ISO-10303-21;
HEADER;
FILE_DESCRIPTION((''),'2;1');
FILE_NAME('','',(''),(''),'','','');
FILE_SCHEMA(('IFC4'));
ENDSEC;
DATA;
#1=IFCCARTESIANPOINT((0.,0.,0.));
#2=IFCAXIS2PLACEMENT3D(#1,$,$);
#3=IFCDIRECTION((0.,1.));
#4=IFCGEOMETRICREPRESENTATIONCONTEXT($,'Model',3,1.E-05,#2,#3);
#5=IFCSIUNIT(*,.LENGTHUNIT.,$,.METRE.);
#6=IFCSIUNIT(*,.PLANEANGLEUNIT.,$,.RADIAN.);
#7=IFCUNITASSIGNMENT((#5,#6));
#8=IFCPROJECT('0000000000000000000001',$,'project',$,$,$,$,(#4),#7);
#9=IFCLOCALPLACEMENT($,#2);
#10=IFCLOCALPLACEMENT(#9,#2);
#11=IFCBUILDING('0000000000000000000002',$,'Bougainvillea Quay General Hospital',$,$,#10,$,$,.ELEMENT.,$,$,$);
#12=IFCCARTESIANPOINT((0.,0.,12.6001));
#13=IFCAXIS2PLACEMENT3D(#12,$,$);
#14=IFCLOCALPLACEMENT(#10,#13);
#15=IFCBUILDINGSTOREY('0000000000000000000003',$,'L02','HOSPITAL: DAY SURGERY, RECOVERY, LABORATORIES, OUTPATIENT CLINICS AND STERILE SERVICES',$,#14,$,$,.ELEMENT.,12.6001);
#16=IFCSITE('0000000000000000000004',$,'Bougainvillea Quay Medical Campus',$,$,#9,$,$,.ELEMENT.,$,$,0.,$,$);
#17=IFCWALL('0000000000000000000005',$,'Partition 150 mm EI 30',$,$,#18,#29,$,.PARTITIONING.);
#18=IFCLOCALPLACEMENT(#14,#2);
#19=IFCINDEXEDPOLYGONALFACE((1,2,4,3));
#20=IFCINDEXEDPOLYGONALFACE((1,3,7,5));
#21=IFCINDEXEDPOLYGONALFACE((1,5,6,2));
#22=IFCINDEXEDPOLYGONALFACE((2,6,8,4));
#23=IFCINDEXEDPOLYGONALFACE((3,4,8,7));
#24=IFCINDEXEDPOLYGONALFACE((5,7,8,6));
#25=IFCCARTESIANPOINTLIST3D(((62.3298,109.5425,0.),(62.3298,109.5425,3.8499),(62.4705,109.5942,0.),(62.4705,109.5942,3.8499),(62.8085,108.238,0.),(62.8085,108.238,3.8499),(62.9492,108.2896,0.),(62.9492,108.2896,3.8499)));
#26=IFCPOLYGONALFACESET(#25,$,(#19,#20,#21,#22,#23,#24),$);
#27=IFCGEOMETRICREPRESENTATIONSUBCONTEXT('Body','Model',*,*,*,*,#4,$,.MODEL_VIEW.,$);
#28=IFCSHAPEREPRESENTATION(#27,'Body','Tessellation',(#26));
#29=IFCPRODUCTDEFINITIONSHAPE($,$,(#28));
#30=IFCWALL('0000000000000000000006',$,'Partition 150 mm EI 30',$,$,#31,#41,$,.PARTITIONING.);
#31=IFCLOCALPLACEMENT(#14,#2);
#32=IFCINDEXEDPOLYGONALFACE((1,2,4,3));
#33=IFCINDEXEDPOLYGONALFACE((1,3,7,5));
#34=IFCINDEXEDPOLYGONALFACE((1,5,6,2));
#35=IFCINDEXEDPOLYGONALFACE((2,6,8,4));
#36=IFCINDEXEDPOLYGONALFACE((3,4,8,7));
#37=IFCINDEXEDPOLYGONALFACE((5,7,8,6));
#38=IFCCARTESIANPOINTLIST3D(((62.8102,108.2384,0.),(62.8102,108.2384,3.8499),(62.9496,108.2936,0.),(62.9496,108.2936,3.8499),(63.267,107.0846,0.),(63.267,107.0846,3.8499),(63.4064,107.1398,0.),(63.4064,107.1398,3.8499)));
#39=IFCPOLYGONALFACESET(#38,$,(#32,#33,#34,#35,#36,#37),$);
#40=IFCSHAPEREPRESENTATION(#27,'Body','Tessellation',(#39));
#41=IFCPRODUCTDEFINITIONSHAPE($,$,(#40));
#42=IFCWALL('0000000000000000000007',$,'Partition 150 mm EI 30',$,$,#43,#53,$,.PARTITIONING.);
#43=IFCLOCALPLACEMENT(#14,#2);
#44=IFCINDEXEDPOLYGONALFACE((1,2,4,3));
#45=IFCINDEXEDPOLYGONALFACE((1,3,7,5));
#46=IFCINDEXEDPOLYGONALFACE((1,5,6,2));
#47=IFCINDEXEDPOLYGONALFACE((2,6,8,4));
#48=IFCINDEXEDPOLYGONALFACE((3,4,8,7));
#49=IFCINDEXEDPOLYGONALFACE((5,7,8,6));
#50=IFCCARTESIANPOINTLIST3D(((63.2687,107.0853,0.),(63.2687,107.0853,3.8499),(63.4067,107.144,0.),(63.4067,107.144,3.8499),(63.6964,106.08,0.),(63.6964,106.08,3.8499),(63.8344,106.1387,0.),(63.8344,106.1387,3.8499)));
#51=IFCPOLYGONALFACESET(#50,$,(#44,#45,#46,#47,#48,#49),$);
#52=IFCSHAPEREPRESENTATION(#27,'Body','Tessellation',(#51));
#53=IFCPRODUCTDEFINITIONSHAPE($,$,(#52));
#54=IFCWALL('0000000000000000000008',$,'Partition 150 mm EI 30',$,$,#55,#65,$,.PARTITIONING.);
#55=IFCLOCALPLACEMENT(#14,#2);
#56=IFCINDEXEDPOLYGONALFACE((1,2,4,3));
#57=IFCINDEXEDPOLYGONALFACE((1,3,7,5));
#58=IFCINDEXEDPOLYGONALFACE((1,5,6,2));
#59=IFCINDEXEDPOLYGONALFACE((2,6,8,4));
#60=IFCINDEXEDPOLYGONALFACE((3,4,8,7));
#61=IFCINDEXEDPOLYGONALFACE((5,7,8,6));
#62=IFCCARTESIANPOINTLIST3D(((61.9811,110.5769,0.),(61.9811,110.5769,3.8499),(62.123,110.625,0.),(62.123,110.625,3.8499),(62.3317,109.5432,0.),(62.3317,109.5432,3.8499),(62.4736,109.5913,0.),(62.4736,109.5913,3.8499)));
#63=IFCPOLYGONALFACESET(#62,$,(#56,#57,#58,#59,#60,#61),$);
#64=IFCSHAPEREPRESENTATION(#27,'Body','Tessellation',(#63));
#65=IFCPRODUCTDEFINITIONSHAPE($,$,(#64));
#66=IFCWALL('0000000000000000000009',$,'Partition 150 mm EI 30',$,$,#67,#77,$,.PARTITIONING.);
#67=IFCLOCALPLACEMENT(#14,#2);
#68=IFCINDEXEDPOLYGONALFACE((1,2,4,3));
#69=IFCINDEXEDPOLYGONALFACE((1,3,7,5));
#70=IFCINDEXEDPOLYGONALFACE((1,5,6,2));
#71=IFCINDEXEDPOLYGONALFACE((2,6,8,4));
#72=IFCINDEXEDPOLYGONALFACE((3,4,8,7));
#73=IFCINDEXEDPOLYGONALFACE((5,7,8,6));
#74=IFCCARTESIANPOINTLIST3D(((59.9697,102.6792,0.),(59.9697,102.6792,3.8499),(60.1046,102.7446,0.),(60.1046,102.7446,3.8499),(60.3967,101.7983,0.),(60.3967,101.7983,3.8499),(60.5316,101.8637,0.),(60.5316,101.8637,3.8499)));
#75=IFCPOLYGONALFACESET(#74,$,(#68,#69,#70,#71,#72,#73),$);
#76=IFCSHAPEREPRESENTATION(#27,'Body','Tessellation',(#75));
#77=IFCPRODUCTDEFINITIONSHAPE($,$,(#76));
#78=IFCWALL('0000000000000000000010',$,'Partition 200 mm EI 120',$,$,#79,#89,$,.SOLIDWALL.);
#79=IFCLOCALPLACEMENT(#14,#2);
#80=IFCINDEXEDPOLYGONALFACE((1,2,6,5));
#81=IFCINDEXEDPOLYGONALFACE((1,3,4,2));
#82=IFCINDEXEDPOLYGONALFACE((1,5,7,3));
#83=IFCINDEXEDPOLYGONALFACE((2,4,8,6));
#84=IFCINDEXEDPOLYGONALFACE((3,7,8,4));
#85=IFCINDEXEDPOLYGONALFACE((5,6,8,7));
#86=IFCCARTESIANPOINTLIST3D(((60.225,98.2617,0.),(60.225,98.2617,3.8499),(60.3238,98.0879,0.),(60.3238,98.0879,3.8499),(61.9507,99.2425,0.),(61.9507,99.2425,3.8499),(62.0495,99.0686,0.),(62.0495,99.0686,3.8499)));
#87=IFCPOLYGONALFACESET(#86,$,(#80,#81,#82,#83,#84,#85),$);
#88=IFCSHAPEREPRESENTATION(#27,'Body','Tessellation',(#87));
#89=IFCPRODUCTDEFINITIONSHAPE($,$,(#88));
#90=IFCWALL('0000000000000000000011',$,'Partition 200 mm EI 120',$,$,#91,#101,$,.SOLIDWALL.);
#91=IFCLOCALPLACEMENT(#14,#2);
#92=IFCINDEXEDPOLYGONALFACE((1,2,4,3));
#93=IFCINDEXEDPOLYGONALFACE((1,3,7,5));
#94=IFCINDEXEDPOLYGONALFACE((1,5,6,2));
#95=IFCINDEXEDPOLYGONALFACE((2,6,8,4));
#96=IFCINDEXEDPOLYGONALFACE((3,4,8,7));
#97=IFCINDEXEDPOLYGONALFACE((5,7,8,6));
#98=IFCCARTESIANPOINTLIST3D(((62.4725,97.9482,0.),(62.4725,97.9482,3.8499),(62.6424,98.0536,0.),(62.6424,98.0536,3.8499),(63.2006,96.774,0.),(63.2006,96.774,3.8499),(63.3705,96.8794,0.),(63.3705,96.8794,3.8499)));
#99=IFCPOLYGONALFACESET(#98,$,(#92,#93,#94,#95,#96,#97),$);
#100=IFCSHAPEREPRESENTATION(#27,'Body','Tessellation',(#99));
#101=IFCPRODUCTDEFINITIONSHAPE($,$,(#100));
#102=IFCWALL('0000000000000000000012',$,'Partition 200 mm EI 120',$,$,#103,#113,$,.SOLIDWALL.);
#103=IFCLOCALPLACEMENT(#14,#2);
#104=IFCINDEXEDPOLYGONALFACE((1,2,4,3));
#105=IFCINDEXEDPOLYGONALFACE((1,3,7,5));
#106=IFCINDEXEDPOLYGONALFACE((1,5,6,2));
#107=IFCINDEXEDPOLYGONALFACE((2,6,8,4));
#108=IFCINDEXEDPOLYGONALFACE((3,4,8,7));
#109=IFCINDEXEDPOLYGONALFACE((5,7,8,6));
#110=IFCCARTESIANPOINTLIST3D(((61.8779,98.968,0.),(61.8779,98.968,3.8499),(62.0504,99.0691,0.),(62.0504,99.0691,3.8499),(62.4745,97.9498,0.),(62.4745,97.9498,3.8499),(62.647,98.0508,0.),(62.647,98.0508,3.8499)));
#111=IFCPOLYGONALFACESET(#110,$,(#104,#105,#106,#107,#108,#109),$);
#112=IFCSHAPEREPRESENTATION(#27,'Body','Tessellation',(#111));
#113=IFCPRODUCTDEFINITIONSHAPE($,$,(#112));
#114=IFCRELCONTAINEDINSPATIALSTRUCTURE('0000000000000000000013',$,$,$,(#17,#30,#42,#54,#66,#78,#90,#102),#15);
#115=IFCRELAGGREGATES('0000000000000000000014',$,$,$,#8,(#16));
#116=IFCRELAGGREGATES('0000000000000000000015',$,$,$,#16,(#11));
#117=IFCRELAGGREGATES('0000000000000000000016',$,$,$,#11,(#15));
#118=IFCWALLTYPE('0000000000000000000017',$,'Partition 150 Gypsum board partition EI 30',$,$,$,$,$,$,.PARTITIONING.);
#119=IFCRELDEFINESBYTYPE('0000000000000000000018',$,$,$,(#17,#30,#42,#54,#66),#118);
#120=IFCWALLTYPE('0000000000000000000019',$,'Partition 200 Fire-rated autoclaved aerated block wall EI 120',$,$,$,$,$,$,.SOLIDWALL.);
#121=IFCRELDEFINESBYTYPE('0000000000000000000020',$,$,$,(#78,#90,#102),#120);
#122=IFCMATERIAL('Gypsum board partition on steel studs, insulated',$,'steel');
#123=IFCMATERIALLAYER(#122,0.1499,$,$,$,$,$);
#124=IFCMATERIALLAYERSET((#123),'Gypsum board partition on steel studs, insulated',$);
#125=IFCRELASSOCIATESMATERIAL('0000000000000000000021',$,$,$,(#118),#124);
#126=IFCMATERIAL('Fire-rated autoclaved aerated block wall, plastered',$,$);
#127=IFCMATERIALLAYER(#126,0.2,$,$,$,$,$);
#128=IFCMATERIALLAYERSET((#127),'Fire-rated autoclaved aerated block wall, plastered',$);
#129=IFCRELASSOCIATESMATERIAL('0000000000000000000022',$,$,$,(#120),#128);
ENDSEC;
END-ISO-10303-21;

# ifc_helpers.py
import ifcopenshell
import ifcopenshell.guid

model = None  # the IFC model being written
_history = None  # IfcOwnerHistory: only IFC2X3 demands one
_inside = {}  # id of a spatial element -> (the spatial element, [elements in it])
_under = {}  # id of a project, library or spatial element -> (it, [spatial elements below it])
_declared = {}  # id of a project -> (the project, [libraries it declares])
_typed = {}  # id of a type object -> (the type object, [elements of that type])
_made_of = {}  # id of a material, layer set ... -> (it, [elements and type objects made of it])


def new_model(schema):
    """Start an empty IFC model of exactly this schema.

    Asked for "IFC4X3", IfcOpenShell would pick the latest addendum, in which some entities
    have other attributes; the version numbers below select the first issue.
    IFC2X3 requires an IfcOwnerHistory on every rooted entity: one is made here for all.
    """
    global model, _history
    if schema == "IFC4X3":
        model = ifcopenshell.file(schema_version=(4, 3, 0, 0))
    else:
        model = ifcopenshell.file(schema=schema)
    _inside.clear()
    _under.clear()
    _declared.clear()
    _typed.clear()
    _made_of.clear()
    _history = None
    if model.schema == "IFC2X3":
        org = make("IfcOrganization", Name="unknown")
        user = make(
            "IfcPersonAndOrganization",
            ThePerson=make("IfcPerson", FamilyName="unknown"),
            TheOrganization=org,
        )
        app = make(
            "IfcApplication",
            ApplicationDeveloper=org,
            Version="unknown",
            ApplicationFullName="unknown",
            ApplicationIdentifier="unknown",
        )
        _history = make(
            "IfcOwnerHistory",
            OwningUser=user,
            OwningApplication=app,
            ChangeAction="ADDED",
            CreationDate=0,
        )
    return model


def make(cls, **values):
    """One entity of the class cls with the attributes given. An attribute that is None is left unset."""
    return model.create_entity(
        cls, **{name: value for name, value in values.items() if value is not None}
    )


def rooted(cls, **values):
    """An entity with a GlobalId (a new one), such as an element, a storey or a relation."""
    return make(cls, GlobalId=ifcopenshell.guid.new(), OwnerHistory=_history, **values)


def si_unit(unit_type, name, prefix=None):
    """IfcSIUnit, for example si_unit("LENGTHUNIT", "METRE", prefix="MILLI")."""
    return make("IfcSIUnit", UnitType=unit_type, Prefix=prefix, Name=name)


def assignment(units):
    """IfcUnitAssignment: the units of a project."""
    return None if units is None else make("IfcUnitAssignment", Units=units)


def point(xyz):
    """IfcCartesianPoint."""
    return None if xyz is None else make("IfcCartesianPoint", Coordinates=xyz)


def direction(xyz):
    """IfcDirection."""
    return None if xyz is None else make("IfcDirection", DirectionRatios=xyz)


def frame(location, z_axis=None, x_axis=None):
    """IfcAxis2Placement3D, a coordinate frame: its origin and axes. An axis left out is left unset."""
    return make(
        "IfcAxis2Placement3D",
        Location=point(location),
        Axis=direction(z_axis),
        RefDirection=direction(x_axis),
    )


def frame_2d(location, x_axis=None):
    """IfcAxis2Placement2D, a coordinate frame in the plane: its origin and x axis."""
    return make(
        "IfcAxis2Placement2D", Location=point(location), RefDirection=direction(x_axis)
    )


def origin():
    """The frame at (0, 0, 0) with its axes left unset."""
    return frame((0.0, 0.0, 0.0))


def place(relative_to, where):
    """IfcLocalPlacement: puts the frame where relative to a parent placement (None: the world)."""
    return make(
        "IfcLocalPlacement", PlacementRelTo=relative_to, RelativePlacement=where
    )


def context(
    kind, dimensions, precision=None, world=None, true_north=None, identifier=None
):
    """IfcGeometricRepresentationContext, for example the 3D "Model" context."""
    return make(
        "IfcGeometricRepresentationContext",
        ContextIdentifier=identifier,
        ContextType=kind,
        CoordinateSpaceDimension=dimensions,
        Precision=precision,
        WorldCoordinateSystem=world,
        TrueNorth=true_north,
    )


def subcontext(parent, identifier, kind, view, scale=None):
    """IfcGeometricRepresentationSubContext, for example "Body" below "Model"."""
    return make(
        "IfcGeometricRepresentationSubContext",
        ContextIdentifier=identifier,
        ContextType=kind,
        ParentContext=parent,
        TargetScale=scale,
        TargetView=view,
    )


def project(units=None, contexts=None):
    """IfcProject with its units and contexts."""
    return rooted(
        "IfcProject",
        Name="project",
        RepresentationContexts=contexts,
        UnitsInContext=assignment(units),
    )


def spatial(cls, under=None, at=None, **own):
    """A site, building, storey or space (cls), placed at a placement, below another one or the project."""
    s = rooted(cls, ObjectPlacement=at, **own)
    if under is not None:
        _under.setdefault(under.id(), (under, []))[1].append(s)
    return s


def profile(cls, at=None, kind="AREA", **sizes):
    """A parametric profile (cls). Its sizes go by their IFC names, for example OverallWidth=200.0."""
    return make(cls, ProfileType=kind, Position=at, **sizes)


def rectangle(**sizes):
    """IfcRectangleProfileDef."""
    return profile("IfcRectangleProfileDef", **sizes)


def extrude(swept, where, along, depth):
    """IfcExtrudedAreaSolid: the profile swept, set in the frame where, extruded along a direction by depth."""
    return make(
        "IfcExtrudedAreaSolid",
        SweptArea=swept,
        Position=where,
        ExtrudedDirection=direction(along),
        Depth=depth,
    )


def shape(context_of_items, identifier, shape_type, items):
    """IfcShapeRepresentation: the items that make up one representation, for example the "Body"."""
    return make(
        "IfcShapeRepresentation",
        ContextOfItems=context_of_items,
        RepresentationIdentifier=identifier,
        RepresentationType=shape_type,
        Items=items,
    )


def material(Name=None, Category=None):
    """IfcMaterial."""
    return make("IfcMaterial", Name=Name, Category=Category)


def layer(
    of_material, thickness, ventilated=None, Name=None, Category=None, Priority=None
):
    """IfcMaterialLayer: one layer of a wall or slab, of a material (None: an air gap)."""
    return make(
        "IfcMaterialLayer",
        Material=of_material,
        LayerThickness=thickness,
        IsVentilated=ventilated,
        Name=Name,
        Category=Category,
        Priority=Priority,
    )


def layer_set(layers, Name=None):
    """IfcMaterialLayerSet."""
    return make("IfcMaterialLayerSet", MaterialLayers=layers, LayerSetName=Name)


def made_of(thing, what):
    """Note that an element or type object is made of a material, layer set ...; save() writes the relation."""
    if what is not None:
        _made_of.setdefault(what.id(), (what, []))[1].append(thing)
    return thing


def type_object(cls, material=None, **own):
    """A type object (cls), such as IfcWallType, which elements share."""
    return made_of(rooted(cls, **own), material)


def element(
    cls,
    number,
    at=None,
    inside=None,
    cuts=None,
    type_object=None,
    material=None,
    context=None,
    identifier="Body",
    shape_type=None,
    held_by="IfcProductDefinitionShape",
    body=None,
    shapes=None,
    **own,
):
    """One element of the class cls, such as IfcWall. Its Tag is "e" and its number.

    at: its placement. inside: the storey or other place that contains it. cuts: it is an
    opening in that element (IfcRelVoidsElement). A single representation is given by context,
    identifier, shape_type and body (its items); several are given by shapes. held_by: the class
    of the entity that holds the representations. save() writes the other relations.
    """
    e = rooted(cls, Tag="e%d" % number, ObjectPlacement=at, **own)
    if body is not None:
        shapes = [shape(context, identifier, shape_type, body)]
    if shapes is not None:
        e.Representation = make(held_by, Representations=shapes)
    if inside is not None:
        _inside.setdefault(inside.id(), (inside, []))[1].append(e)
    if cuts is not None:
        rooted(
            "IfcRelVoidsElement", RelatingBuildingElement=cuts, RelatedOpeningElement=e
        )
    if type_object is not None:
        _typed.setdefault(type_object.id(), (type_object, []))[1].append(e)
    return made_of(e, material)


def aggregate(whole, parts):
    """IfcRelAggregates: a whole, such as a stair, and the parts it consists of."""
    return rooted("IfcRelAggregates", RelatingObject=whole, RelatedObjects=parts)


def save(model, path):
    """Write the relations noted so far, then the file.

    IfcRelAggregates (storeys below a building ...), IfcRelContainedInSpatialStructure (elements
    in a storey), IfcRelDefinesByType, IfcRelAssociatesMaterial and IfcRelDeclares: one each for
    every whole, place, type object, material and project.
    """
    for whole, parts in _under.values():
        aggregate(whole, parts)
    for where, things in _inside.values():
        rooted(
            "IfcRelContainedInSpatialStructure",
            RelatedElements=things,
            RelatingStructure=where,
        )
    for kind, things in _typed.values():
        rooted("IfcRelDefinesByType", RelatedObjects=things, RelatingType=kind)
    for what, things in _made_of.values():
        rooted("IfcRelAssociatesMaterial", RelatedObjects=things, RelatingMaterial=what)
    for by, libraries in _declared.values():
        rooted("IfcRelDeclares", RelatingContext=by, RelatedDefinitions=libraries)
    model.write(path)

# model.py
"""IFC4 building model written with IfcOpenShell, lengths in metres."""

from ifc_helpers import new_model, si_unit, direction, frame, frame_2d, origin, place, context, subcontext, project, spatial, rectangle, extrude, material, layer, layer_set, type_object, element, save


model = new_model("IFC4")

# Units and contexts
model_context = context("Model", 3, precision=1e-05, world=origin(), true_north=direction((0.0, 1.0)))
body_context = subcontext(model_context, "Body", "Model", "MODEL_VIEW")
ifc_project = project(units=[si_unit("LENGTHUNIT", "METRE"), si_unit("PLANEANGLEUNIT", "RADIAN")], contexts=[model_context])

# Site, building, storey
site_placement = place(None, origin())
site = spatial("IfcSite", under=ifc_project, at=site_placement, Name="Bougainvillea Quay Medical Campus", CompositionType="ELEMENT", RefElevation=0.0)
building_placement = place(site_placement, origin())
building = spatial("IfcBuilding", under=site, at=building_placement, Name="Bougainvillea Quay General Hospital", CompositionType="ELEMENT")
storey_placement = place(building_placement, frame((0.0, 0.0, 12.6001)))
storey = spatial("IfcBuildingStorey", under=building, at=storey_placement, Name="L02", Description="HOSPITAL: DAY SURGERY, RECOVERY, LABORATORIES, OUTPATIENT CLINICS AND STERILE SERVICES", CompositionType="ELEMENT", Elevation=12.6001)

# Shared definitions
ifc_material_1 = material(Name="Gypsum board partition on steel studs, insulated", Category="steel")
ifc_layer_1 = layer(ifc_material_1, 0.1499)
ifc_layer_set_1 = layer_set([ifc_layer_1], Name="Gypsum board partition on steel studs, insulated")
wall_type_1 = type_object("IfcWallType", Name="Partition 150 Gypsum board partition EI 30", PredefinedType="PARTITIONING", material=ifc_layer_set_1)

# Walls
wall_1_placement = place(storey_placement, frame((62.4001, 109.5684, 0.0), z_axis=(0.0, 0.0, 1.0), x_axis=(0.344492, -0.938789, 0.0)))
element("IfcWall", 1, at=wall_1_placement, inside=storey, type_object=wall_type_1, Name="Partition 150 mm EI 30", PredefinedType="PARTITIONING", context=body_context, shape_type="SweptSolid", body=[
    extrude(rectangle(XDim=1.3896, YDim=0.1499, at=frame_2d((0.6948, 0.0))), origin(), (0.0, 0.0, 1.0), 3.8499),
])
wall_2_placement = place(storey_placement, frame((62.8799, 108.2661, 0.0), z_axis=(0.0, 0.0, 1.0), x_axis=(0.368098, -0.929787, 0.0)))
element("IfcWall", 2, at=wall_2_placement, inside=storey, type_object=wall_type_1, Name="Partition 150 mm EI 30", PredefinedType="PARTITIONING", context=body_context, shape_type="SweptSolid", body=[
    extrude(rectangle(XDim=1.241, YDim=0.1499, at=frame_2d((0.6206, 0.0))), origin(), (0.0, 0.0, 1.0), 3.8499),
])
wall_3_placement = place(storey_placement, frame((63.3376, 107.1147, 0.0), z_axis=(0.0, 0.0, 1.0), x_axis=(0.391491, -0.920182, 0.0)))
element("IfcWall", 3, at=wall_3_placement, inside=storey, type_object=wall_type_1, Name="Partition 150 mm EI 30", PredefinedType="PARTITIONING", context=body_context, shape_type="SweptSolid", body=[
    extrude(rectangle(XDim=1.0925, YDim=0.1499, at=frame_2d((0.5464, 0.0))), origin(), (0.0, 0.0, 1.0), 3.8499),
])
wall_4_placement = place(storey_placement, frame((62.052, 110.6011, 0.0), z_axis=(0.0, 0.0, 1.0), x_axis=(0.321189, -0.947015, 0.0)))
element("IfcWall", 4, at=wall_4_placement, inside=storey, type_object=wall_type_1, Name="Partition 150 mm EI 30", PredefinedType="PARTITIONING", context=body_context, shape_type="SweptSolid", body=[
    extrude(rectangle(XDim=1.0916, YDim=0.1499, at=frame_2d((0.5459, 0.0))), origin(), (0.0, 0.0, 1.0), 3.8499),
])
wall_5_placement = place(storey_placement, frame((60.0371, 102.7119, 0.0), z_axis=(0.0, 0.0, 1.0), x_axis=(0.436206, -0.899847, 0.0)))
element("IfcWall", 5, at=wall_5_placement, inside=storey, type_object=wall_type_1, Name="Partition 150 mm EI 30", PredefinedType="PARTITIONING", context=body_context, shape_type="SweptSolid", body=[
    extrude(rectangle(XDim=0.979, YDim=0.1499, at=frame_2d((0.4895, 0.0))), origin(), (0.0, 0.0, 1.0), 3.8499),
])
ifc_material_2 = material(Name="Fire-rated autoclaved aerated block wall, plastered")
ifc_layer_2 = layer(ifc_material_2, 0.2)
ifc_layer_set_2 = layer_set([ifc_layer_2], Name="Fire-rated autoclaved aerated block wall, plastered")
wall_type_2 = type_object("IfcWallType", Name="Partition 200 Fire-rated autoclaved aerated block wall EI 120", PredefinedType="SOLIDWALL", material=ifc_layer_set_2)
wall_6_placement = place(storey_placement, frame((60.2744, 98.1748, 0.0), z_axis=(0.0, 0.0, 1.0), x_axis=(0.869399, 0.494111, 0.0)))
element("IfcWall", 6, at=wall_6_placement, inside=storey, type_object=wall_type_2, Name="Partition 200 mm EI 120", PredefinedType="SOLIDWALL", context=body_context, shape_type="SweptSolid", body=[
    extrude(rectangle(XDim=1.9849, YDim=0.2, at=frame_2d((0.9924, 0.0))), origin(), (0.0, 0.0, 1.0), 3.8499),
])
wall_7_placement = place(storey_placement, frame((62.5574, 98.001, 0.0), z_axis=(0.0, 0.0, 1.0), x_axis=(0.526993, -0.849869, 0.0)))
element("IfcWall", 7, at=wall_7_placement, inside=storey, type_object=wall_type_2, Name="Partition 200 mm EI 120", PredefinedType="SOLIDWALL", context=body_context, shape_type="SweptSolid", body=[
    extrude(rectangle(XDim=1.3816, YDim=0.2, at=frame_2d((0.6909, 0.0))), origin(), (0.0, 0.0, 1.0), 3.8499),
])
wall_8_placement = place(storey_placement, frame((61.9641, 99.0186, 0.0), z_axis=(0.0, 0.0, 1.0), x_axis=(0.505555, -0.862794, 0.0)))
element("IfcWall", 8, at=wall_8_placement, inside=storey, type_object=wall_type_2, Name="Partition 200 mm EI 120", PredefinedType="SOLIDWALL", context=body_context, shape_type="SweptSolid", body=[
    extrude(rectangle(XDim=1.1802, YDim=0.2, at=frame_2d((0.5901, 0.0))), origin(), (0.0, 0.0, 1.0), 3.8499),
])

save(model, "model.ifc")
